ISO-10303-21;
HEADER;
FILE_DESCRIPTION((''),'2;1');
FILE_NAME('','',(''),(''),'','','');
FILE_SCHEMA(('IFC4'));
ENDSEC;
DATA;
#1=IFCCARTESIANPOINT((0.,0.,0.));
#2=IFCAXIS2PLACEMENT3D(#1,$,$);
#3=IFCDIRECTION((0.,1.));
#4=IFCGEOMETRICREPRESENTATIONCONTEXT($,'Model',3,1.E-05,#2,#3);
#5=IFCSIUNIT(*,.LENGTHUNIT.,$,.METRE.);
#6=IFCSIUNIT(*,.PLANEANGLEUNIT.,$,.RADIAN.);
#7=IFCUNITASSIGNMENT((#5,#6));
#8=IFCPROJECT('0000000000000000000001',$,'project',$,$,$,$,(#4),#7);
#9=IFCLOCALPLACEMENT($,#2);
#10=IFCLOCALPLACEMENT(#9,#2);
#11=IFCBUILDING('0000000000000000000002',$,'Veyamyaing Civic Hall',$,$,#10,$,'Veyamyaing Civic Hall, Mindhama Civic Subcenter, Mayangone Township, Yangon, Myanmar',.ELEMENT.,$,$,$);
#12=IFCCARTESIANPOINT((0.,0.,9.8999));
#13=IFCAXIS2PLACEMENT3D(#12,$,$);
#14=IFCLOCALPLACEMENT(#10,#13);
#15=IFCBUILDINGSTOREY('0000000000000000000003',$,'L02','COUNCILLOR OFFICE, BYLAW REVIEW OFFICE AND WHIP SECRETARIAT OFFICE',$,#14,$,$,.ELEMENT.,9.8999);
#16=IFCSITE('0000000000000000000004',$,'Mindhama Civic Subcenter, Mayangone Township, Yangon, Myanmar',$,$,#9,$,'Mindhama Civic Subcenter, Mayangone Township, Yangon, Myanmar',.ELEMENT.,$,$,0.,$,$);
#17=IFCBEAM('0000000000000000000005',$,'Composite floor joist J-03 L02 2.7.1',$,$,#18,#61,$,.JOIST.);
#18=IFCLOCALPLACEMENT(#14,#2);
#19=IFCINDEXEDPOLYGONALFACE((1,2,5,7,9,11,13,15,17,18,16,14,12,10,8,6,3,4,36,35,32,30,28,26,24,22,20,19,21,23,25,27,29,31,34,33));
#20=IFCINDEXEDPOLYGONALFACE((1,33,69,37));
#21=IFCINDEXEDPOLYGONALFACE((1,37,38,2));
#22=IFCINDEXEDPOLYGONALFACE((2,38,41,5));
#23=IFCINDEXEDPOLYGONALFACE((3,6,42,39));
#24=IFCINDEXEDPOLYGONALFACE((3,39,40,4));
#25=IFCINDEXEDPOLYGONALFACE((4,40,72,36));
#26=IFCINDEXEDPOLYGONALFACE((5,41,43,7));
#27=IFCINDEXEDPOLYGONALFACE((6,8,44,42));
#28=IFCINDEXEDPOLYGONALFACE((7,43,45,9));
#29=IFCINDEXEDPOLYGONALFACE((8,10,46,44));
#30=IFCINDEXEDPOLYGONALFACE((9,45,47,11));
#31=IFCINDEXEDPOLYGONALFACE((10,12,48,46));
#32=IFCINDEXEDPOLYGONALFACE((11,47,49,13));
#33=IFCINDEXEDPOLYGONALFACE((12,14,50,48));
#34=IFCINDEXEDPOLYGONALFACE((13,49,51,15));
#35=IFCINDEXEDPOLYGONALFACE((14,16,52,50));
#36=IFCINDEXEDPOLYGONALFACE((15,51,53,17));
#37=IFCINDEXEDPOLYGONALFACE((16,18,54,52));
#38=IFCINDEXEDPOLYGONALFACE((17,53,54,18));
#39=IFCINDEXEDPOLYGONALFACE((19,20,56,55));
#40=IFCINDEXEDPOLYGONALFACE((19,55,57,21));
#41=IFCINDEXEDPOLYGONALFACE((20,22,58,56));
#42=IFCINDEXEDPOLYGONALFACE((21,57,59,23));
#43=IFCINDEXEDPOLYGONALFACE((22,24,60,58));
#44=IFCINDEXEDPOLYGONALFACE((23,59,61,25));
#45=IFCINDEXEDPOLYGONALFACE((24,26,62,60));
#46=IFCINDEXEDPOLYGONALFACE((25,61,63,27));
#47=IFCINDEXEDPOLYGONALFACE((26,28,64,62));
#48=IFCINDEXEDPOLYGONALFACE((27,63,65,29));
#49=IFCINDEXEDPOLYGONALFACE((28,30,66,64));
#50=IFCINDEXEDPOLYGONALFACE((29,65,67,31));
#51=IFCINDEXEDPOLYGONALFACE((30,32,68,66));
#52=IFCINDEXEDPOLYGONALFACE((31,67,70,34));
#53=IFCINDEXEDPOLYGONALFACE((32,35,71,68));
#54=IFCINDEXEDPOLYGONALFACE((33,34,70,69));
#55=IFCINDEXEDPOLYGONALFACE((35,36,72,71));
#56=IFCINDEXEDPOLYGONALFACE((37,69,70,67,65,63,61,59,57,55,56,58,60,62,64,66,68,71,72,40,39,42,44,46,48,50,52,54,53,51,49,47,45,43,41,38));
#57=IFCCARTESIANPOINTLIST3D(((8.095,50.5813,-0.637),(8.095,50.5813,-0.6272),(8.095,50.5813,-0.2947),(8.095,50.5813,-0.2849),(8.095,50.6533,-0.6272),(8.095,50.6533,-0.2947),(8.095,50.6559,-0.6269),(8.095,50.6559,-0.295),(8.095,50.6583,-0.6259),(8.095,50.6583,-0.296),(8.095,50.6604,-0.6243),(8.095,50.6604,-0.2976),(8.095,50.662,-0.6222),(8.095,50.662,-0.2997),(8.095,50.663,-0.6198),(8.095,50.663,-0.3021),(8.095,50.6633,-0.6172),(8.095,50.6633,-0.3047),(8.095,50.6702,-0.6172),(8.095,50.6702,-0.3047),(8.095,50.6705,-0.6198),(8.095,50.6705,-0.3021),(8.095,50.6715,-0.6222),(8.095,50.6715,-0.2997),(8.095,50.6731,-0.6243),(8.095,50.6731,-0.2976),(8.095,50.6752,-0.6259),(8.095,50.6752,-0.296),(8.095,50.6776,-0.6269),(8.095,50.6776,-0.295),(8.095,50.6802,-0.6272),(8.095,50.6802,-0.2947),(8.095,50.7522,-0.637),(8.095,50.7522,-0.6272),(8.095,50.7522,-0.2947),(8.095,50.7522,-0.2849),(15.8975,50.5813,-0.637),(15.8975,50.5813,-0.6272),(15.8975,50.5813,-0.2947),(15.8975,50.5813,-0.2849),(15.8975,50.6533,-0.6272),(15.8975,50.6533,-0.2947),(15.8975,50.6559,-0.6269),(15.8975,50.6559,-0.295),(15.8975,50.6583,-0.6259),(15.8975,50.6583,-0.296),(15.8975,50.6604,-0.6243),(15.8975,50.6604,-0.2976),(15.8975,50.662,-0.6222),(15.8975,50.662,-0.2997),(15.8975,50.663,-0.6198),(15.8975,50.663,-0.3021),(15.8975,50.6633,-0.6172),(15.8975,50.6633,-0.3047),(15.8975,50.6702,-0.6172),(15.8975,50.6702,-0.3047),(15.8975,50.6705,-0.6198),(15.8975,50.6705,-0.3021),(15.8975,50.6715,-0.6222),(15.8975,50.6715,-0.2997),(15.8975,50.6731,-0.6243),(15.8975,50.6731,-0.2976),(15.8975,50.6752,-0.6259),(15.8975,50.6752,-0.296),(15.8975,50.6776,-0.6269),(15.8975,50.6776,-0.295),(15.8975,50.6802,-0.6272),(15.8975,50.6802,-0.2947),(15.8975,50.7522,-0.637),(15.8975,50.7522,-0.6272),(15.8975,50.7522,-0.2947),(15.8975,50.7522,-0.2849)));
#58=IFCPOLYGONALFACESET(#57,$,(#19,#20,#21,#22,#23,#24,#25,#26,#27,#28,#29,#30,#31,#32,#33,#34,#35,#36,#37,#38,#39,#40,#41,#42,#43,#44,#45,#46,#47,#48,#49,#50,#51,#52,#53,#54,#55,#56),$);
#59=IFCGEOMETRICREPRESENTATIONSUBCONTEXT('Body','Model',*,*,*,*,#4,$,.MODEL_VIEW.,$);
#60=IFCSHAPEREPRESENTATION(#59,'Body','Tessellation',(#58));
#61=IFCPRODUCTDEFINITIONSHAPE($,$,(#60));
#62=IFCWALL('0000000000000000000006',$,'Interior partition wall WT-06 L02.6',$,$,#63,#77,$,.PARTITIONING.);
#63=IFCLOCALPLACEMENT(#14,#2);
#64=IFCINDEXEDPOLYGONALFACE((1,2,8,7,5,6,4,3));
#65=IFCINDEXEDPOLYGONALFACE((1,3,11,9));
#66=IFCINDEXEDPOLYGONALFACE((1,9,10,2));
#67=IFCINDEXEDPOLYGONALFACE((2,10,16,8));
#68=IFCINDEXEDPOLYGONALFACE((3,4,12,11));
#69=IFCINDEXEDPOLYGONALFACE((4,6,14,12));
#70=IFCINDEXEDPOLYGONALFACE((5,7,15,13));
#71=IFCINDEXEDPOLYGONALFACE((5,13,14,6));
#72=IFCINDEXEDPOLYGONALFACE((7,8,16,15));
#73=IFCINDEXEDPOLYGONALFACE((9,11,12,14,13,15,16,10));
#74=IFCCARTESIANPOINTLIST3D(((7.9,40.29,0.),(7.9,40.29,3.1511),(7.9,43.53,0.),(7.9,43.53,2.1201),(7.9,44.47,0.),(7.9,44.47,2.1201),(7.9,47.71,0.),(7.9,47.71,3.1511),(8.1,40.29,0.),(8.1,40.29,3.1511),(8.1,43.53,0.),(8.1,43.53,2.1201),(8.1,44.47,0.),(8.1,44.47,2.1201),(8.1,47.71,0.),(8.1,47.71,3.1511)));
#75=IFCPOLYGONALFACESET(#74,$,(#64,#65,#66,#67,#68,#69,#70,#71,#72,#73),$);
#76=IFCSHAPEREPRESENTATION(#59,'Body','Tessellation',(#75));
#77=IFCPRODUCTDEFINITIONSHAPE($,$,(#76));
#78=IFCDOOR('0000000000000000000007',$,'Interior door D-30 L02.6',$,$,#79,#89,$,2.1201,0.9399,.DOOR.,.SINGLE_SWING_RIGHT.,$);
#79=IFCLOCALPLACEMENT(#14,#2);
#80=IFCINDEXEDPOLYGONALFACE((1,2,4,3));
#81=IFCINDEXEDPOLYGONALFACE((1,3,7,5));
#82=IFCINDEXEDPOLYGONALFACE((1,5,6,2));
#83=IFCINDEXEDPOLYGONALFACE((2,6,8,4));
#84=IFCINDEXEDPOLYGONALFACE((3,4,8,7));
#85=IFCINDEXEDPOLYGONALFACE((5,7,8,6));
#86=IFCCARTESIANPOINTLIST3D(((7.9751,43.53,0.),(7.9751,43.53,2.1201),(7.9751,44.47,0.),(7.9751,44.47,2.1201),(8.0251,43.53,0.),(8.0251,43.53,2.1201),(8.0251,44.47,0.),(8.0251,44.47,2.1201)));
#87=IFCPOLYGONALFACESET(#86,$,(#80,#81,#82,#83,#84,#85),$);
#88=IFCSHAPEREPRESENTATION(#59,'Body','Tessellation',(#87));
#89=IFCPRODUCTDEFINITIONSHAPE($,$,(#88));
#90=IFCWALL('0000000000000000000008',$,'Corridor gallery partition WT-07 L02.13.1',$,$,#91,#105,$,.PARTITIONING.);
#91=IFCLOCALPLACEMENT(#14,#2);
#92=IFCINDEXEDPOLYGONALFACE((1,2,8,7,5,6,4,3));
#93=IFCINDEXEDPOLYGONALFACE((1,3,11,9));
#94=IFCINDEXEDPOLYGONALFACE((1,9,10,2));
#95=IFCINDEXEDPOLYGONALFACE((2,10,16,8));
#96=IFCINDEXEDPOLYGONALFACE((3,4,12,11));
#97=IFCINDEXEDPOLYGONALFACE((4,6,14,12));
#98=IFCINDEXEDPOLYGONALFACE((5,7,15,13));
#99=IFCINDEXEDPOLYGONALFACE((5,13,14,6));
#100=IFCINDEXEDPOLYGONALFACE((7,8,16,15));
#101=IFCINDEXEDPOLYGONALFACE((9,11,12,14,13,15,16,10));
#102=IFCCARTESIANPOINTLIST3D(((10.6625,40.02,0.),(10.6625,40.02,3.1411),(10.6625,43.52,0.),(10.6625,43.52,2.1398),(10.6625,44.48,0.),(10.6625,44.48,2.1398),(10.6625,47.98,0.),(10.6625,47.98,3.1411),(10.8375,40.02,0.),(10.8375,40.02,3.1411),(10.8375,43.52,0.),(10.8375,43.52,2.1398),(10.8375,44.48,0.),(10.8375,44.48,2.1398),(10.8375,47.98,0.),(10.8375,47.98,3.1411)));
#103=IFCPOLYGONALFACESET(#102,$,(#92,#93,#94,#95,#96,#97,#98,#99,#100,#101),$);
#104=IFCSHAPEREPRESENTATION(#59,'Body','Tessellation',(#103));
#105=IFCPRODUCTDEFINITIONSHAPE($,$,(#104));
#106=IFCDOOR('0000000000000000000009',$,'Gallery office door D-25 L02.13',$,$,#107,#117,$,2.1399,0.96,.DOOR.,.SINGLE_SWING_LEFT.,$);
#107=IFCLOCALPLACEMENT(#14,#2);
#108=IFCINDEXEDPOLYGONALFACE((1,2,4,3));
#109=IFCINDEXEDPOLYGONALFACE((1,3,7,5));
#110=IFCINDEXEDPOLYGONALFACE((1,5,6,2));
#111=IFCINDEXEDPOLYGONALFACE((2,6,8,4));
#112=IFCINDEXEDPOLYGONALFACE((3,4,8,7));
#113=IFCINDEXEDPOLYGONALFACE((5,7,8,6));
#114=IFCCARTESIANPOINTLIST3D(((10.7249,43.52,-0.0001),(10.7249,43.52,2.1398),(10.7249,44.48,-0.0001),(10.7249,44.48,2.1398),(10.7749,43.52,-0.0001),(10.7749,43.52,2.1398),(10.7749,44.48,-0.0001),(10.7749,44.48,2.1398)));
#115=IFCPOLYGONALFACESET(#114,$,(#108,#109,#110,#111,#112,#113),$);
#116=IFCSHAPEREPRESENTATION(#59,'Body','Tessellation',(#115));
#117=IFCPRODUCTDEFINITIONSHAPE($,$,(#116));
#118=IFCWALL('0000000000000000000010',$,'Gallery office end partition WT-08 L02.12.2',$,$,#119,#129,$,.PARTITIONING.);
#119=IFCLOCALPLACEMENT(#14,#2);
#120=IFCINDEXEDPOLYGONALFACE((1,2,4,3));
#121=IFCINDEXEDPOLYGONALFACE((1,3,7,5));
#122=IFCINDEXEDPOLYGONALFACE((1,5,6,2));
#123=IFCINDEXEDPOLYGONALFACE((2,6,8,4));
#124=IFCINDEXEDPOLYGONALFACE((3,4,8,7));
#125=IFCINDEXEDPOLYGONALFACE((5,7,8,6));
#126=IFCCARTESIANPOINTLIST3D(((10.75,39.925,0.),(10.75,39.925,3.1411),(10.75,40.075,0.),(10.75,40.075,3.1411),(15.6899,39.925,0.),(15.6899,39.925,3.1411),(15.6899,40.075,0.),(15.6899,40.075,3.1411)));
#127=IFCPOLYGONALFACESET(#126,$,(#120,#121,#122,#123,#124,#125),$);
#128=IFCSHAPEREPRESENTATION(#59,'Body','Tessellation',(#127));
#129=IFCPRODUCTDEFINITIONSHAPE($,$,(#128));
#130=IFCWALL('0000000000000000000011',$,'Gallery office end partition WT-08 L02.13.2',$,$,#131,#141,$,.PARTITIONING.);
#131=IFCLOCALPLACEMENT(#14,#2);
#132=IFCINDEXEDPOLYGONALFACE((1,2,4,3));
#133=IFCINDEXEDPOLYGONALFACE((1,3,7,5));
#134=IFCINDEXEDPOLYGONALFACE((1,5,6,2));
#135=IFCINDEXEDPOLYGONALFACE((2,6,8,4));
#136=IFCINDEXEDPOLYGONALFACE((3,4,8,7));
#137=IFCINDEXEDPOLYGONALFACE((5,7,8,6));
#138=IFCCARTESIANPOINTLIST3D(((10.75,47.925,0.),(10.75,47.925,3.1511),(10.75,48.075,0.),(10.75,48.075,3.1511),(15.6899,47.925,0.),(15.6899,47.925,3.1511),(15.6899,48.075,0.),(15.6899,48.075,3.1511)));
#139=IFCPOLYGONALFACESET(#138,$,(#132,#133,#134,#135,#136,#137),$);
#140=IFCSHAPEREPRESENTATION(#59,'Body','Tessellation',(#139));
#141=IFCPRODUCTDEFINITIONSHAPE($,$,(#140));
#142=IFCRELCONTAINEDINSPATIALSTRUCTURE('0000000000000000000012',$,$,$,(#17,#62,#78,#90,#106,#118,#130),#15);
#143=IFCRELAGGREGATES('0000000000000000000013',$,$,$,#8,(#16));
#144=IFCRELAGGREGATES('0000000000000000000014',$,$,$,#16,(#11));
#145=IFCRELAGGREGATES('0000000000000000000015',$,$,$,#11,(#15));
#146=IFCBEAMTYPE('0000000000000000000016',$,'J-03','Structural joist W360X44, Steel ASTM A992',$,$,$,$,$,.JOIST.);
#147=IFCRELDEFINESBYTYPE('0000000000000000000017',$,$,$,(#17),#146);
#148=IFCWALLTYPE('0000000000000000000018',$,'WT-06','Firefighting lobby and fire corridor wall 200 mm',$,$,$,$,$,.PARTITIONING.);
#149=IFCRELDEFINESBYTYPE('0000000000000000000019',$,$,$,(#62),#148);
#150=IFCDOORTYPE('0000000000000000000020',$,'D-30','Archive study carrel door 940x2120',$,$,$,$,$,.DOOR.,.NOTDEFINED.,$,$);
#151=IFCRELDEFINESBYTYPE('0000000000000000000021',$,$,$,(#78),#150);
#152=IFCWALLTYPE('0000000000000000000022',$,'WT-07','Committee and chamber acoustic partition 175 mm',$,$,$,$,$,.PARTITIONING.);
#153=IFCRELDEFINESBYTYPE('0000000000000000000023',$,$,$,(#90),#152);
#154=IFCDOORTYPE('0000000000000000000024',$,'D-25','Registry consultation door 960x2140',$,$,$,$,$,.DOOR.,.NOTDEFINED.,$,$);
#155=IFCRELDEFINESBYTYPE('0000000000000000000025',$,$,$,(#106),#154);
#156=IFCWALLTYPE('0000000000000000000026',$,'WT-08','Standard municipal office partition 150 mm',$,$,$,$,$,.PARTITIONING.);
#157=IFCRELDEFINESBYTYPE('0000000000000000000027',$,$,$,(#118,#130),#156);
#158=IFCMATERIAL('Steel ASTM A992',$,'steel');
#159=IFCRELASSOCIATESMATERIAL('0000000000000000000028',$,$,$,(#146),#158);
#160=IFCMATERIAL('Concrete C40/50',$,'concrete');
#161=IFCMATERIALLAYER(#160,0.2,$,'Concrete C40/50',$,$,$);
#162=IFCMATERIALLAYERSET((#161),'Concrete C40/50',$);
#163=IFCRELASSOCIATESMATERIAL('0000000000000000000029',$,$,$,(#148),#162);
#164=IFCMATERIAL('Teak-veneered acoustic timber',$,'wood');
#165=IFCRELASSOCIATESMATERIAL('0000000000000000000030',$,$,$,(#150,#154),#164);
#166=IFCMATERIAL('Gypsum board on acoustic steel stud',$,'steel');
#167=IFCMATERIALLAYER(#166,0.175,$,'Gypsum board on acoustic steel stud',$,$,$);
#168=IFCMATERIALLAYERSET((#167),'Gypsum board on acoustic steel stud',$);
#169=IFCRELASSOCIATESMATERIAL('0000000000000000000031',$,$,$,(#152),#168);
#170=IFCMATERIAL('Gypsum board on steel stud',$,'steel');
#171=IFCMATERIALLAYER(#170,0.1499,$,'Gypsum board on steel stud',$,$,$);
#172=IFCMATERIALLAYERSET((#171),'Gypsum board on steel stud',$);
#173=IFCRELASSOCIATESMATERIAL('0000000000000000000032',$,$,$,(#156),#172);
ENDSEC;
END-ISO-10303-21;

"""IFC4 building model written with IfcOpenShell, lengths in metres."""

from ifc_helpers import new_model, si_unit, direction, frame, frame_2d, origin, origin_2d, place, context, subcontext, project, spatial, rectangle, i_section, extrude, material, layer, layer_set, material_profile, profile_set, type_object, element, fill, save


model = new_model("IFC4")

# Units and contexts
model_context = context("Model", 3, precision=1e-05, world=origin(), true_north=direction((0.0, 1.0)))
body_context = subcontext(model_context, "Body", "Model", "MODEL_VIEW")
ifc_project = project(units=[si_unit("LENGTHUNIT", "METRE"), si_unit("PLANEANGLEUNIT", "RADIAN")], contexts=[model_context])

# Site, building, storey
site_placement = place(None, origin())
site = spatial("IfcSite", under=ifc_project, at=site_placement, Name="Mindhama Civic Subcenter, Mayangone Township, Yangon, Myanmar", LongName="Mindhama Civic Subcenter, Mayangone Township, Yangon, Myanmar", CompositionType="ELEMENT", RefElevation=0.0)
building_placement = place(site_placement, origin())
building = spatial("IfcBuilding", under=site, at=building_placement, Name="Veyamyaing Civic Hall", LongName="Veyamyaing Civic Hall, Mindhama Civic Subcenter, Mayangone Township, Yangon, Myanmar", CompositionType="ELEMENT")
storey_placement = place(building_placement, frame((0.0, 0.0, 9.8999)))
storey = spatial("IfcBuildingStorey", under=building, at=storey_placement, Name="L02", Description="COUNCILLOR OFFICE, BYLAW REVIEW OFFICE AND WHIP SECRETARIAT OFFICE", CompositionType="ELEMENT", Elevation=9.8999)

# Shared definitions
ifc_material_1 = material(Name="Steel ASTM A992", Category="steel")

# Beam
ifc_material_profile_1 = material_profile(ifc_material_1, i_section(OverallWidth=0.1709, OverallDepth=0.3521, WebThickness=0.0068, FlangeThickness=0.0098, FilletRadius=0.01, at=origin_2d()), Name="W360X44")
ifc_profile_set_1 = profile_set([ifc_material_profile_1], Name="Steel ASTM A992")
beam_type_1 = type_object("IfcBeamType", Name="J-03", Description="Structural joist W360X44, Steel ASTM A992", PredefinedType="JOIST", material=ifc_profile_set_1)
beam_1_placement = place(storey_placement, frame((8.095, 50.6667, -0.4609), z_axis=(1.0, 0.0, 0.0), x_axis=(0.0, 1.0, 0.0)))
element("IfcBeam", 1, at=beam_1_placement, inside=storey, type_object=beam_type_1, Name="Composite floor joist J-03 L02 2.7.1", PredefinedType="JOIST", context=body_context, shape_type="SweptSolid", body=[
    extrude(i_section(OverallWidth=0.1709, OverallDepth=0.3521, WebThickness=0.0068, FlangeThickness=0.0098, FilletRadius=0.01, at=origin_2d()), origin(), (0.0, 0.0, 1.0), 7.8025),
])

# Walls, openings, doors
ifc_material_2 = material(Name="Concrete C40/50", Category="concrete")
ifc_layer_1 = layer(ifc_material_2, 0.2, Name="Concrete C40/50")
ifc_layer_set_1 = layer_set([ifc_layer_1], Name="Concrete C40/50")
wall_type_1 = type_object("IfcWallType", Name="WT-06", Description="Firefighting lobby and fire corridor wall 200 mm", PredefinedType="PARTITIONING", material=ifc_layer_set_1)
wall_1_placement = place(storey_placement, frame((8.0, 40.29, 0.0), z_axis=(0.0, 0.0, 1.0), x_axis=(0.0, 1.0, 0.0)))
wall_1 = element("IfcWall", 2, at=wall_1_placement, inside=storey, type_object=wall_type_1, Name="Interior partition wall WT-06 L02.6", PredefinedType="PARTITIONING", context=body_context, shape_type="SweptSolid", body=[
    extrude(rectangle(XDim=7.4199, YDim=0.2, at=frame_2d((3.71, 0.0))), origin(), (0.0, 0.0, 1.0), 3.1511),
])
opening_1_placement = place(wall_1_placement, frame((3.24, 0.0, 0.0)))
opening_1 = element("IfcOpeningElement", 3, at=opening_1_placement, cuts=wall_1, PredefinedType="OPENING", context=body_context, shape_type="SweptSolid", body=[
    extrude(rectangle(XDim=0.9399, YDim=2.1201, at=frame_2d((0.47, 1.0601))), frame((0.0, 0.1099, 0.0), z_axis=(0.0, -1.0, 0.0), x_axis=(1.0, 0.0, 0.0)), (0.0, 0.0, 1.0), 0.22),
])
ifc_material_3 = material(Name="Teak-veneered acoustic timber", Category="wood")
door_type_1 = type_object("IfcDoorType", Name="D-30", Description="Archive study carrel door 940x2120", OperationType="NOTDEFINED", PredefinedType="DOOR", material=ifc_material_3)
door_1_placement = place(opening_1_placement, origin())
door_1 = element("IfcDoor", 4, at=door_1_placement, inside=storey, type_object=door_type_1, Name="Interior door D-30 L02.6", OperationType="SINGLE_SWING_RIGHT", OverallHeight=2.1201, OverallWidth=0.9399, PredefinedType="DOOR", context=body_context, shape_type="SweptSolid", body=[
    extrude(rectangle(XDim=0.9399, YDim=2.1201, at=frame_2d((0.47, 1.0601))), frame((0.0, 0.0249, 0.0), z_axis=(0.0, -1.0, 0.0), x_axis=(1.0, 0.0, 0.0)), (0.0, 0.0, 1.0), 0.05),
])
fill(opening_1, door_1)
ifc_material_4 = material(Name="Gypsum board on acoustic steel stud", Category="steel")
ifc_layer_2 = layer(ifc_material_4, 0.175, Name="Gypsum board on acoustic steel stud")
ifc_layer_set_2 = layer_set([ifc_layer_2], Name="Gypsum board on acoustic steel stud")
wall_type_2 = type_object("IfcWallType", Name="WT-07", Description="Committee and chamber acoustic partition 175 mm", PredefinedType="PARTITIONING", material=ifc_layer_set_2)
wall_2_placement = place(storey_placement, frame((10.75, 40.02, 0.0), z_axis=(0.0, 0.0, 1.0), x_axis=(0.0, 1.0, 0.0)))
wall_2 = element("IfcWall", 5, at=wall_2_placement, inside=storey, type_object=wall_type_2, Name="Corridor gallery partition WT-07 L02.13.1", PredefinedType="PARTITIONING", context=body_context, shape_type="SweptSolid", body=[
    extrude(rectangle(XDim=7.96, YDim=0.175, at=frame_2d((3.98, 0.0))), origin(), (0.0, 0.0, 1.0), 3.1411),
])
opening_2_placement = place(wall_2_placement, frame((3.5, 0.0, 0.0)))
opening_2 = element("IfcOpeningElement", 6, at=opening_2_placement, cuts=wall_2, PredefinedType="OPENING", context=body_context, shape_type="SweptSolid", body=[
    extrude(rectangle(XDim=0.96, YDim=2.1399, at=frame_2d((0.48, 1.0698))), frame((0.0, 0.0974, 0.0), z_axis=(0.0, -1.0, 0.0), x_axis=(1.0, 0.0, 0.0)), (0.0, 0.0, 1.0), 0.1951),
])
door_type_2 = type_object("IfcDoorType", Name="D-25", Description="Registry consultation door 960x2140", OperationType="NOTDEFINED", PredefinedType="DOOR", material=ifc_material_3)
door_2_placement = place(opening_2_placement, frame((0.96, 0.0, 0.0), z_axis=(0.0, 0.0, 1.0), x_axis=(-1.0, 0.0, 0.0)))
door_2 = element("IfcDoor", 7, at=door_2_placement, inside=storey, type_object=door_type_2, Name="Gallery office door D-25 L02.13", OperationType="SINGLE_SWING_LEFT", OverallHeight=2.1399, OverallWidth=0.96, PredefinedType="DOOR", context=body_context, shape_type="SweptSolid", body=[
    extrude(rectangle(XDim=0.96, YDim=2.1399, at=frame_2d((0.48, 1.0698))), frame((0.0, 0.0249, 0.0), z_axis=(0.0, -1.0, 0.0), x_axis=(1.0, 0.0, 0.0)), (0.0, 0.0, 1.0), 0.05),
])
fill(opening_2, door_2)

# Walls
ifc_material_5 = material(Name="Gypsum board on steel stud", Category="steel")
ifc_layer_3 = layer(ifc_material_5, 0.1499, Name="Gypsum board on steel stud")
ifc_layer_set_3 = layer_set([ifc_layer_3], Name="Gypsum board on steel stud")
wall_type_3 = type_object("IfcWallType", Name="WT-08", Description="Standard municipal office partition 150 mm", PredefinedType="PARTITIONING", material=ifc_layer_set_3)
wall_3_placement = place(storey_placement, frame((10.75, 40.0, 0.0), z_axis=(0.0, 0.0, 1.0), x_axis=(1.0, 0.0, 0.0)))
element("IfcWall", 8, at=wall_3_placement, inside=storey, type_object=wall_type_3, Name="Gallery office end partition WT-08 L02.12.2", PredefinedType="PARTITIONING", context=body_context, shape_type="SweptSolid", body=[
    extrude(rectangle(XDim=4.9399, YDim=0.1499, at=frame_2d((2.47, 0.0))), origin(), (0.0, 0.0, 1.0), 3.1411),
])
wall_4_placement = place(storey_placement, frame((10.75, 48.0, 0.0), z_axis=(0.0, 0.0, 1.0), x_axis=(1.0, 0.0, 0.0)))
element("IfcWall", 9, at=wall_4_placement, inside=storey, type_object=wall_type_3, Name="Gallery office end partition WT-08 L02.13.2", PredefinedType="PARTITIONING", context=body_context, shape_type="SweptSolid", body=[
    extrude(rectangle(XDim=4.9399, YDim=0.1499, at=frame_2d((2.47, 0.0))), origin(), (0.0, 0.0, 1.0), 3.1511),
])

save(model, "model.ifc")
